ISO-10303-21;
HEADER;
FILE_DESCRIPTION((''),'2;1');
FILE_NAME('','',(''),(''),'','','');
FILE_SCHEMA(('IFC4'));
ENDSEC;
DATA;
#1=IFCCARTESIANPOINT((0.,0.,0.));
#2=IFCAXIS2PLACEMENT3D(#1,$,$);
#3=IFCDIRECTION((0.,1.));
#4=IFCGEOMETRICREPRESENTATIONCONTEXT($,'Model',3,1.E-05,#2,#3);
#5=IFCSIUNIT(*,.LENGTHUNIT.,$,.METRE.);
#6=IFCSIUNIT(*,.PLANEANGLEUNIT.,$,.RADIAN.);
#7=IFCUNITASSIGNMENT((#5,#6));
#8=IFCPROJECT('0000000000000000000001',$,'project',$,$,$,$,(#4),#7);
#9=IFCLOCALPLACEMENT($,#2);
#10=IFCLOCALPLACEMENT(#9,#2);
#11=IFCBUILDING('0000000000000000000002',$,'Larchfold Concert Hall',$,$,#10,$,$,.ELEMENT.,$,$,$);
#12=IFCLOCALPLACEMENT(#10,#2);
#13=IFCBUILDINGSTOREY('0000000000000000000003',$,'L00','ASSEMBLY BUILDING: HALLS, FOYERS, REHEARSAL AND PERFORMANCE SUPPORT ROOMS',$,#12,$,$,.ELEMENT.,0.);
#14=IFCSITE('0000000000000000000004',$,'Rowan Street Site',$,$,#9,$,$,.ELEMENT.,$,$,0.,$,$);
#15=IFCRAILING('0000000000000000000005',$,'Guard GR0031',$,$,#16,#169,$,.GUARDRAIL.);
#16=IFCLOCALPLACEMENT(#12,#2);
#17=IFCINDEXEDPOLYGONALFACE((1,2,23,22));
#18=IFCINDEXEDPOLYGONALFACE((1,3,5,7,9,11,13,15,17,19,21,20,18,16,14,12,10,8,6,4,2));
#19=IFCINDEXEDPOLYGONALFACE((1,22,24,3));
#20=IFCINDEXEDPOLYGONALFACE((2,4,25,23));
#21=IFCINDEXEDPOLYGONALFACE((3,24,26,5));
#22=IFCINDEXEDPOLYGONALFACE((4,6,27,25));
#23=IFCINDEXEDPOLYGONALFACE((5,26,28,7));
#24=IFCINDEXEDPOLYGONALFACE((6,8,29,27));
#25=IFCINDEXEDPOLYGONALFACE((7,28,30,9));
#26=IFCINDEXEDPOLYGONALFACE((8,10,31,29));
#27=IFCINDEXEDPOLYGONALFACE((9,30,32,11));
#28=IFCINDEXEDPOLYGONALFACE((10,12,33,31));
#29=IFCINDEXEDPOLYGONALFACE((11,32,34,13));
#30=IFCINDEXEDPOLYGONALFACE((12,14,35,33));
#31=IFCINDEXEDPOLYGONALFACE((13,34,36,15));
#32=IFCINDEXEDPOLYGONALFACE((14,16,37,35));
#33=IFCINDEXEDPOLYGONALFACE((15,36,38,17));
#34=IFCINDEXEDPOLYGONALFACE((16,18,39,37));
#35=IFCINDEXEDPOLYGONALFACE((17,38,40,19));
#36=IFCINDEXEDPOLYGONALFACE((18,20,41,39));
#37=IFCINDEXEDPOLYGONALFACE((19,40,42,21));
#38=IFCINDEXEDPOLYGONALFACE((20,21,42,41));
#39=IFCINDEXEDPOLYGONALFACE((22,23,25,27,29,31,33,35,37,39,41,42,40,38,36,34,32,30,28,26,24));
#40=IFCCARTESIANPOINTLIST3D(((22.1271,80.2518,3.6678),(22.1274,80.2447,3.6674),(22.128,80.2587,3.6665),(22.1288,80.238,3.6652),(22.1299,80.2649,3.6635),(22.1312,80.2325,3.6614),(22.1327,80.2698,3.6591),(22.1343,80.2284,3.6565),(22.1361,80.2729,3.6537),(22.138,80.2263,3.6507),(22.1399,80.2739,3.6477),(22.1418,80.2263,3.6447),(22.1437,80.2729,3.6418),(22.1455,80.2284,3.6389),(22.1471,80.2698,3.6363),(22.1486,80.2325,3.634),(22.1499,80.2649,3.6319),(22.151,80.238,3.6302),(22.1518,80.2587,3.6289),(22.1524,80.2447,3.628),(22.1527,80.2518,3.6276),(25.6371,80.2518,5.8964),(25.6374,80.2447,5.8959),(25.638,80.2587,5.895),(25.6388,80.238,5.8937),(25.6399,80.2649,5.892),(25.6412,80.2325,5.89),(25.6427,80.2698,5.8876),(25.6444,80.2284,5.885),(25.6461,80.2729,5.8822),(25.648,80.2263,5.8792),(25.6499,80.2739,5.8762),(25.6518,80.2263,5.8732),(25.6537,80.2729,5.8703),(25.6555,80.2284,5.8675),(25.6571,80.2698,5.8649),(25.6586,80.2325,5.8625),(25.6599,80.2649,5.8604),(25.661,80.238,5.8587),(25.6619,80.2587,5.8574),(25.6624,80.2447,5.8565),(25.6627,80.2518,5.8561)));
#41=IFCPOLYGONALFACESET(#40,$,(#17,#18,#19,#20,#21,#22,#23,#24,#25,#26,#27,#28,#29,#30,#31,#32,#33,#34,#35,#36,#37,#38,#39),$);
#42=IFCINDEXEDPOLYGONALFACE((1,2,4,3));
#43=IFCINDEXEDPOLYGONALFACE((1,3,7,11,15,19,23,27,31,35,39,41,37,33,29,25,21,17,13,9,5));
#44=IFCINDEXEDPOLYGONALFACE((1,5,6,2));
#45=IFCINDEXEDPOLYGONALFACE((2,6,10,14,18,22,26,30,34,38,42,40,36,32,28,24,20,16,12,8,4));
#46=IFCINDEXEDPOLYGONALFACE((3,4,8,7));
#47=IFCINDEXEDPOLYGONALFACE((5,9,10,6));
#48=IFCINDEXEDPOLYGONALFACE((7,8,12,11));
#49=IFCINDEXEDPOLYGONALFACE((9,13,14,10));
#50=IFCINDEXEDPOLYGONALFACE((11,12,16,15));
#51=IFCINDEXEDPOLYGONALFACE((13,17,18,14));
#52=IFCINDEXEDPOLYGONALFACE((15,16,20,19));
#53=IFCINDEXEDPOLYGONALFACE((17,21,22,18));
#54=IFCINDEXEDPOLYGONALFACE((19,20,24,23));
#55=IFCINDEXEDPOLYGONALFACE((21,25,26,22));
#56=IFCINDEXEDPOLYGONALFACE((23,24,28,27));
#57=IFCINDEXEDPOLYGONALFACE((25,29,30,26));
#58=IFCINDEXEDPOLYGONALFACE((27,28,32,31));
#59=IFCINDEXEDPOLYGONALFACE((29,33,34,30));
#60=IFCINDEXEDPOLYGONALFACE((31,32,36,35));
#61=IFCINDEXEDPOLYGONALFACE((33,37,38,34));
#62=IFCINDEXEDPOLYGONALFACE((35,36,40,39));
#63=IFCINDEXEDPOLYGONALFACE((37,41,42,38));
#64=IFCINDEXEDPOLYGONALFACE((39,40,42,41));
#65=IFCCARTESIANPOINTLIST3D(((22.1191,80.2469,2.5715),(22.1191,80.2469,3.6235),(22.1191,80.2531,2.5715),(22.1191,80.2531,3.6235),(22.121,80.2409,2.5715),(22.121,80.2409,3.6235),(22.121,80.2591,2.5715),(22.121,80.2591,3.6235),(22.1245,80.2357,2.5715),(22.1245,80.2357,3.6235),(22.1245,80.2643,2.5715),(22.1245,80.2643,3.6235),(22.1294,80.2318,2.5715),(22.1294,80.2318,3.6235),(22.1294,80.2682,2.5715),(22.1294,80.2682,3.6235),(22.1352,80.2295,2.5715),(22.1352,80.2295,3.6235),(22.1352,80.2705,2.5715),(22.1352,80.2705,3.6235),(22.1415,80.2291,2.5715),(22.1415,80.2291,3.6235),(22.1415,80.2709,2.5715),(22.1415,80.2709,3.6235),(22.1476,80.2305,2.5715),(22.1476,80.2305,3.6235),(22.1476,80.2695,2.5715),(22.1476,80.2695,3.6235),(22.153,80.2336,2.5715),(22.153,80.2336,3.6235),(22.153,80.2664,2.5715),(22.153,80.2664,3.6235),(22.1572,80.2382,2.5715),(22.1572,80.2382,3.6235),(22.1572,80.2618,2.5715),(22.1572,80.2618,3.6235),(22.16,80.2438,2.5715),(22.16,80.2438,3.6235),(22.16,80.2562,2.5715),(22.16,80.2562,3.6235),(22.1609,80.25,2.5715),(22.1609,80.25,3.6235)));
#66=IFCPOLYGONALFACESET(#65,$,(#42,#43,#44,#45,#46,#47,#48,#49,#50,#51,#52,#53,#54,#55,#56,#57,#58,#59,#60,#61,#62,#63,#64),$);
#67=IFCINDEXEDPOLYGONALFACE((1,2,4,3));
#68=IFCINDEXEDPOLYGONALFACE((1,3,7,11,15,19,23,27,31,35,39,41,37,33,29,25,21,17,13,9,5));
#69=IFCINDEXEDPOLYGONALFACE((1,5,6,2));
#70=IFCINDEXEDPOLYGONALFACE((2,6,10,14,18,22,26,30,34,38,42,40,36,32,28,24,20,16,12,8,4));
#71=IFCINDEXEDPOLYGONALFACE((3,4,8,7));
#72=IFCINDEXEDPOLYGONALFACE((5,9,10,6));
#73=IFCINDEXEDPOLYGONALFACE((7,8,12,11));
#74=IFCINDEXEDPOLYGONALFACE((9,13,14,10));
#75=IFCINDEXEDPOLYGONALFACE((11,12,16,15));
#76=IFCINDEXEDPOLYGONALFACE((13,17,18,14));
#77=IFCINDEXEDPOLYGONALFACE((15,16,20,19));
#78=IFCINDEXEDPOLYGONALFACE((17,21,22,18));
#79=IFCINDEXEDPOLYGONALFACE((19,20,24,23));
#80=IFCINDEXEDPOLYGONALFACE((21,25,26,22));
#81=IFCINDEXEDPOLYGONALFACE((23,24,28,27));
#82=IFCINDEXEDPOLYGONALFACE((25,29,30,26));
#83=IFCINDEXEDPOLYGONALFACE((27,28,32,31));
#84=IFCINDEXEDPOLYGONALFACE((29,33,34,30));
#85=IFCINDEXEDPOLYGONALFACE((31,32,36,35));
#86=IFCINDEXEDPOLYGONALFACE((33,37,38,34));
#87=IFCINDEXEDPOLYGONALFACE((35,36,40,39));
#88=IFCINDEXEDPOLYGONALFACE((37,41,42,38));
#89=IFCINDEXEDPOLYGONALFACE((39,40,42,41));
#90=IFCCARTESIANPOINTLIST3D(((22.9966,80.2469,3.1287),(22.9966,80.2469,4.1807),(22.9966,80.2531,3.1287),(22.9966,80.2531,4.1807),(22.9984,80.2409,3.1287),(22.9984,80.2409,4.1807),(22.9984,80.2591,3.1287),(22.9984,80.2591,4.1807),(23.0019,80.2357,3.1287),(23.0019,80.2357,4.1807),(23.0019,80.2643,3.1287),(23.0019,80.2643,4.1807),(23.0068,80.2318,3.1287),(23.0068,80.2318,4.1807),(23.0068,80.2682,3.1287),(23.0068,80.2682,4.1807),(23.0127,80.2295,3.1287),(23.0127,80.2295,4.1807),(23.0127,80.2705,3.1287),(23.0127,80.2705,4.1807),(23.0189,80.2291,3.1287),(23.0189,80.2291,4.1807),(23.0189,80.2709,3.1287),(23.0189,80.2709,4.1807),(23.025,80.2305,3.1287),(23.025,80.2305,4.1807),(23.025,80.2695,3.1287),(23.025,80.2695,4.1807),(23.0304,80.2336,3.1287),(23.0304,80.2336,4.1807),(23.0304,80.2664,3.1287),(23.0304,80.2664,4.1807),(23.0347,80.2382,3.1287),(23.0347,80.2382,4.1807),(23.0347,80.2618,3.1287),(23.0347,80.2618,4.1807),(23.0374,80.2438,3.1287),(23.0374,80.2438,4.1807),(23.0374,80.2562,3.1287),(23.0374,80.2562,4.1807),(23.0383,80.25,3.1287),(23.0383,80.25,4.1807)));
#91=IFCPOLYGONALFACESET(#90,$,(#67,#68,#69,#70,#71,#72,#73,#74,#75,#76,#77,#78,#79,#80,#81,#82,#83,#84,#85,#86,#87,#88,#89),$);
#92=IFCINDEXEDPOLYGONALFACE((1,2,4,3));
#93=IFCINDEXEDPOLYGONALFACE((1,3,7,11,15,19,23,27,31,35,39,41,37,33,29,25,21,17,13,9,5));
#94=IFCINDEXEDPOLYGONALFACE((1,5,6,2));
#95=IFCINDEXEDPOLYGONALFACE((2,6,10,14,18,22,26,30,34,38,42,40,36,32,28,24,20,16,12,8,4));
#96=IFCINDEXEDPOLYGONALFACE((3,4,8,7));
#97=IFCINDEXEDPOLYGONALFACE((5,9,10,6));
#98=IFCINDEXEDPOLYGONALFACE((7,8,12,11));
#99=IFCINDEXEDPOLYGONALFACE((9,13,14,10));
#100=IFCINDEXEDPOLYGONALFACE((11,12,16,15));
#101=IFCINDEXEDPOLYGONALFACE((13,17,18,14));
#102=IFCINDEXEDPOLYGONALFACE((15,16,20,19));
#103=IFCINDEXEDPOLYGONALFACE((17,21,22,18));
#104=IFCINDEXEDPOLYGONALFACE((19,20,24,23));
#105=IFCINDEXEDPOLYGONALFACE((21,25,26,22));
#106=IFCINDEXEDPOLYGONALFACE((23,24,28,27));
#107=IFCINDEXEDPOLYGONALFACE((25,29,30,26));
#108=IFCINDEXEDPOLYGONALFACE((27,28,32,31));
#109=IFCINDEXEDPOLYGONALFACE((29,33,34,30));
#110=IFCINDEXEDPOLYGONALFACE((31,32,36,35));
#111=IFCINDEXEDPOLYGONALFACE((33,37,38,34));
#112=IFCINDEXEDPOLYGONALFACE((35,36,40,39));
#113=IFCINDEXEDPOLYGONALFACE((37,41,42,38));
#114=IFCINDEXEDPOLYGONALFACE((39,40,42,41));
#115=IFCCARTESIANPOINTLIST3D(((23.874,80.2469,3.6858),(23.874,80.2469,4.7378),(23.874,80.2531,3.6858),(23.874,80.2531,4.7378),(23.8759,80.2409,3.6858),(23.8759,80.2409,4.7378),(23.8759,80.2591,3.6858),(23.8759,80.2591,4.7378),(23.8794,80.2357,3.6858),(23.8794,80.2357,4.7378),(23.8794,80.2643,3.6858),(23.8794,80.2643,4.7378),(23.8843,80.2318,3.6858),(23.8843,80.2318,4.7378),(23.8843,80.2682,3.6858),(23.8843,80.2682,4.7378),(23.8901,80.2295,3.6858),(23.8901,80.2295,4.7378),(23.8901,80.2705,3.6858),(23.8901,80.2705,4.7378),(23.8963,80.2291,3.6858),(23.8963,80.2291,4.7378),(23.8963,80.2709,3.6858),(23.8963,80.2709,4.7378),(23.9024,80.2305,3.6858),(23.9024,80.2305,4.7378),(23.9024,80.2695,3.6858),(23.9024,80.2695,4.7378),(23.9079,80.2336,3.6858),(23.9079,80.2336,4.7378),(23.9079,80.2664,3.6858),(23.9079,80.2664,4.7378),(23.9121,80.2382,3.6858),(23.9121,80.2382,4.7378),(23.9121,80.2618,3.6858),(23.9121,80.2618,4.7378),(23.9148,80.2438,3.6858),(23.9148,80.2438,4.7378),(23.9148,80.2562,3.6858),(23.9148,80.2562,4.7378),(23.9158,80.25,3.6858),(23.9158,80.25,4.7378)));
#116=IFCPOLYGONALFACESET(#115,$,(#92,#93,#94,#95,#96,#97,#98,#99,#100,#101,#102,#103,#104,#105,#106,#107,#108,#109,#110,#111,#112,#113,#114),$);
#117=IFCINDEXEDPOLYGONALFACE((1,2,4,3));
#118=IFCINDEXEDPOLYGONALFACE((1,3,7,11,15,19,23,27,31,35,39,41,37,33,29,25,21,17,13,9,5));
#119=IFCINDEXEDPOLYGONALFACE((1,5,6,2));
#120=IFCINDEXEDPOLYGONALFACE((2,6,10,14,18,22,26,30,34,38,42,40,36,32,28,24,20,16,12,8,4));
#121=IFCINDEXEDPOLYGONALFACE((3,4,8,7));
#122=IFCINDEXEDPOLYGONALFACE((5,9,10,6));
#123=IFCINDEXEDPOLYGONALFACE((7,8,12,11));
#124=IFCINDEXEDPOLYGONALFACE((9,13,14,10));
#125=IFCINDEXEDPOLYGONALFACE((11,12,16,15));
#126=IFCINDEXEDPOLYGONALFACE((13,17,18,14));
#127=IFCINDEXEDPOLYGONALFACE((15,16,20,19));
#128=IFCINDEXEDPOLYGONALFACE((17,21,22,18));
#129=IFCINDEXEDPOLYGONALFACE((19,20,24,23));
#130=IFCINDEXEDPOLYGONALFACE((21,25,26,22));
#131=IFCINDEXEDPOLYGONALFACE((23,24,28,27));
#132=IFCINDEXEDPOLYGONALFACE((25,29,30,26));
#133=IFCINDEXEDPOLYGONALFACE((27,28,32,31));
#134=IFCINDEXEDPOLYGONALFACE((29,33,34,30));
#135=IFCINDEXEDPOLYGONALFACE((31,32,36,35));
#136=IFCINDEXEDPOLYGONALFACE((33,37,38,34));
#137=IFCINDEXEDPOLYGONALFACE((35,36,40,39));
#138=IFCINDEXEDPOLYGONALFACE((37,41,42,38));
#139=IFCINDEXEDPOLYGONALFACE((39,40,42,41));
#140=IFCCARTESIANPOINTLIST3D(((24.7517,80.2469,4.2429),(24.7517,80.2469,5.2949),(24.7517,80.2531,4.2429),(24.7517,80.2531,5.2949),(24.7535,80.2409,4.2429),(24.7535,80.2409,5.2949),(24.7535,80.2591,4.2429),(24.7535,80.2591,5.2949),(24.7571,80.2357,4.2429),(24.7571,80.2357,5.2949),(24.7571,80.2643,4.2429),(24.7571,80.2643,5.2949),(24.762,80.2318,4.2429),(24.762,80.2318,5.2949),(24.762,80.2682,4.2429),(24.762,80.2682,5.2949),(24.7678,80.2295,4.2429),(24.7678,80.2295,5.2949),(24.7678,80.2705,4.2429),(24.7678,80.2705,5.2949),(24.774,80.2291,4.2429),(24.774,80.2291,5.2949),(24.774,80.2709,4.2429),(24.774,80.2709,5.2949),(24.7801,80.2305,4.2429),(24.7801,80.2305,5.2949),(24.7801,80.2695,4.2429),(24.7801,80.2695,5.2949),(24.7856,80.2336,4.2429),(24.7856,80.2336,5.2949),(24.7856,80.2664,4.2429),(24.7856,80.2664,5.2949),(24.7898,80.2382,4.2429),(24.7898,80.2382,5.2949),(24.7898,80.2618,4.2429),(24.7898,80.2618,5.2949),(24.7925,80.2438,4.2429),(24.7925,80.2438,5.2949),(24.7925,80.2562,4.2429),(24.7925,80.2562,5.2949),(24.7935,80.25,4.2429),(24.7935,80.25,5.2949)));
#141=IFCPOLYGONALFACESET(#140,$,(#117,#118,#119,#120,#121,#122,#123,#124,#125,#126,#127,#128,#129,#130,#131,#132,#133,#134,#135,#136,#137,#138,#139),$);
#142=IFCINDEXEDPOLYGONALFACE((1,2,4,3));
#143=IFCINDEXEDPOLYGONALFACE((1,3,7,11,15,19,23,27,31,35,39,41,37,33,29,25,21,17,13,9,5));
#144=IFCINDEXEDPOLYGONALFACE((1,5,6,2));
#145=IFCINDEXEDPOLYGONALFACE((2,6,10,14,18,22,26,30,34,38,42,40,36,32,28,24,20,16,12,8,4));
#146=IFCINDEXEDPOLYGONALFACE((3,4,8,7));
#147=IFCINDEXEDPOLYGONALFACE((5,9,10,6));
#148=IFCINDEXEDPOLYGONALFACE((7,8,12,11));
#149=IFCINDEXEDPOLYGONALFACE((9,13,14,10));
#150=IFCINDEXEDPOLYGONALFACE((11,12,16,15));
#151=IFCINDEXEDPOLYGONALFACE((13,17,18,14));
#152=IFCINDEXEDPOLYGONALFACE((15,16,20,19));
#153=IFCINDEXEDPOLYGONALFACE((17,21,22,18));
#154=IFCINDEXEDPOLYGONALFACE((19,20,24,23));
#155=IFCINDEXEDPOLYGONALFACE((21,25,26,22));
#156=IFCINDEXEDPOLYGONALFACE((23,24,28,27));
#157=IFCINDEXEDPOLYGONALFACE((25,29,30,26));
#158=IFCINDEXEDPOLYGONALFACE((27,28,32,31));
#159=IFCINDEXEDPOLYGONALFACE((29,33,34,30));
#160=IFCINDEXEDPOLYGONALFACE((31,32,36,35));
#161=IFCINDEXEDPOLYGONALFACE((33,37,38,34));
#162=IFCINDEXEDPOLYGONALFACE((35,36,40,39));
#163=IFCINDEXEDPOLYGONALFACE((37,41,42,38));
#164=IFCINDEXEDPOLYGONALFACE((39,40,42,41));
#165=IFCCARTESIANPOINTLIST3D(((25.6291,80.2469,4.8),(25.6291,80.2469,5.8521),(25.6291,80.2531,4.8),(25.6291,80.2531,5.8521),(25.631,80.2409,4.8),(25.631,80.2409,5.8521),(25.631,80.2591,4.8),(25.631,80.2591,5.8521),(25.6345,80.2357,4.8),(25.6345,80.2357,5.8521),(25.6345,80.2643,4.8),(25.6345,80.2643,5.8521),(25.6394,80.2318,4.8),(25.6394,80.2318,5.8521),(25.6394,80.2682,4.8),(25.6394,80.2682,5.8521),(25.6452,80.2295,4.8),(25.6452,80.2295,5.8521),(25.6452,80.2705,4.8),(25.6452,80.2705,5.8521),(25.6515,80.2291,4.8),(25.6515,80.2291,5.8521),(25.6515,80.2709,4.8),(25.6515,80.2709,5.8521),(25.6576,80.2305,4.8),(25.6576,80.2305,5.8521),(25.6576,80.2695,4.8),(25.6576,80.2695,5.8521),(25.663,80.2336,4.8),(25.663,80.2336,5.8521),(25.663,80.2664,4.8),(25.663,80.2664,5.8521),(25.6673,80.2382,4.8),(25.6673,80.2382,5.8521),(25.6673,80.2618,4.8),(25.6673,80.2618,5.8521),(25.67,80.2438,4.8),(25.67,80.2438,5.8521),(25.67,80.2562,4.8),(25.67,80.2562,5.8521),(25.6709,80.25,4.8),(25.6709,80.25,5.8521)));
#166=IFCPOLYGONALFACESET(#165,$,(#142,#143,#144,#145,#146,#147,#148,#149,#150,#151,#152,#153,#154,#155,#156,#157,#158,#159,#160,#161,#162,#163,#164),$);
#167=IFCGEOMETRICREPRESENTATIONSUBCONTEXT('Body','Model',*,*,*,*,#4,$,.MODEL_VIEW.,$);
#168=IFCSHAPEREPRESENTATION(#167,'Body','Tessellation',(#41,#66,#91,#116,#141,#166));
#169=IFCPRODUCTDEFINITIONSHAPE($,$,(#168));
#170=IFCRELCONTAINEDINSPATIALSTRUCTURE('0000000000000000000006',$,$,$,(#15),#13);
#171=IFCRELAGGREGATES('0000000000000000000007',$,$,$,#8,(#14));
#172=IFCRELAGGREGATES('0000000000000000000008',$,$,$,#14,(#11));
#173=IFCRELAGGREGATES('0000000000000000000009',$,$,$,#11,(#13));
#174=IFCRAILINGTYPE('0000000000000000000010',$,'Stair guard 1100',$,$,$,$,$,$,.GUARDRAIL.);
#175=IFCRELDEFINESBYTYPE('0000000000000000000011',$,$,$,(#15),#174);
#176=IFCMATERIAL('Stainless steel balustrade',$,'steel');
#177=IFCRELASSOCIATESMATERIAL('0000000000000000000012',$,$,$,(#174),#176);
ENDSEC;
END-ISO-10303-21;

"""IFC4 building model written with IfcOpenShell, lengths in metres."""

from ifc_helpers import new_model, si_unit, direction, frame, origin, origin_2d, place, context, subcontext, project, spatial, circle, extrude, material, type_object, element, save


model = new_model("IFC4")

# Units and contexts
model_context = context("Model", 3, precision=1e-05, world=origin(), true_north=direction((0.0, 1.0)))
body_context = subcontext(model_context, "Body", "Model", "MODEL_VIEW")
ifc_project = project(units=[si_unit("LENGTHUNIT", "METRE"), si_unit("PLANEANGLEUNIT", "RADIAN")], contexts=[model_context])

# Site, building, storey
site_placement = place(None, origin())
site = spatial("IfcSite", under=ifc_project, at=site_placement, Name="Rowan Street Site", CompositionType="ELEMENT", RefElevation=0.0)
building_placement = place(site_placement, origin())
building = spatial("IfcBuilding", under=site, at=building_placement, Name="Larchfold Concert Hall", CompositionType="ELEMENT")
storey_placement = place(building_placement, origin())
storey = spatial("IfcBuildingStorey", under=building, at=storey_placement, Name="L00", Description="ASSEMBLY BUILDING: HALLS, FOYERS, REHEARSAL AND PERFORMANCE SUPPORT ROOMS", CompositionType="ELEMENT", Elevation=0.0)

# Railing
ifc_material_1 = material(Name="Stainless steel balustrade", Category="steel")
railing_type_1 = type_object("IfcRailingType", Name="Stair guard 1100", PredefinedType="GUARDRAIL", material=ifc_material_1)
railing_1_placement = place(storey_placement, frame((22.1399, 80.25, 2.5715)))
element("IfcRailing", 1, at=railing_1_placement, inside=storey, type_object=railing_type_1, Name="Guard GR0031", PredefinedType="GUARDRAIL", context=body_context, shape_type="SweptSolid", body=[
    extrude(circle(Radius=0.0239, at=origin_2d()), frame((0.0, 0.0, 1.0762), z_axis=(0.84422, 0.0, 0.535998), x_axis=(0.0, 1.0, 0.0)), (0.0, 0.0, 1.0), 4.1577),
    extrude(circle(Radius=0.021, at=origin_2d()), origin(), (0.0, 0.0, 1.0), 1.052),
    extrude(circle(Radius=0.021, at=origin_2d()), frame((0.8774, 0.0, 0.5571)), (0.0, 0.0, 1.0), 1.052),
    extrude(circle(Radius=0.021, at=origin_2d()), frame((1.7549, 0.0, 1.1143)), (0.0, 0.0, 1.0), 1.052),
    extrude(circle(Radius=0.021, at=origin_2d()), frame((2.6326, 0.0, 1.6714)), (0.0, 0.0, 1.0), 1.052),
    extrude(circle(Radius=0.021, at=origin_2d()), frame((3.51, 0.0, 2.2285)), (0.0, 0.0, 1.0), 1.052),
])

save(model, "model.ifc")
